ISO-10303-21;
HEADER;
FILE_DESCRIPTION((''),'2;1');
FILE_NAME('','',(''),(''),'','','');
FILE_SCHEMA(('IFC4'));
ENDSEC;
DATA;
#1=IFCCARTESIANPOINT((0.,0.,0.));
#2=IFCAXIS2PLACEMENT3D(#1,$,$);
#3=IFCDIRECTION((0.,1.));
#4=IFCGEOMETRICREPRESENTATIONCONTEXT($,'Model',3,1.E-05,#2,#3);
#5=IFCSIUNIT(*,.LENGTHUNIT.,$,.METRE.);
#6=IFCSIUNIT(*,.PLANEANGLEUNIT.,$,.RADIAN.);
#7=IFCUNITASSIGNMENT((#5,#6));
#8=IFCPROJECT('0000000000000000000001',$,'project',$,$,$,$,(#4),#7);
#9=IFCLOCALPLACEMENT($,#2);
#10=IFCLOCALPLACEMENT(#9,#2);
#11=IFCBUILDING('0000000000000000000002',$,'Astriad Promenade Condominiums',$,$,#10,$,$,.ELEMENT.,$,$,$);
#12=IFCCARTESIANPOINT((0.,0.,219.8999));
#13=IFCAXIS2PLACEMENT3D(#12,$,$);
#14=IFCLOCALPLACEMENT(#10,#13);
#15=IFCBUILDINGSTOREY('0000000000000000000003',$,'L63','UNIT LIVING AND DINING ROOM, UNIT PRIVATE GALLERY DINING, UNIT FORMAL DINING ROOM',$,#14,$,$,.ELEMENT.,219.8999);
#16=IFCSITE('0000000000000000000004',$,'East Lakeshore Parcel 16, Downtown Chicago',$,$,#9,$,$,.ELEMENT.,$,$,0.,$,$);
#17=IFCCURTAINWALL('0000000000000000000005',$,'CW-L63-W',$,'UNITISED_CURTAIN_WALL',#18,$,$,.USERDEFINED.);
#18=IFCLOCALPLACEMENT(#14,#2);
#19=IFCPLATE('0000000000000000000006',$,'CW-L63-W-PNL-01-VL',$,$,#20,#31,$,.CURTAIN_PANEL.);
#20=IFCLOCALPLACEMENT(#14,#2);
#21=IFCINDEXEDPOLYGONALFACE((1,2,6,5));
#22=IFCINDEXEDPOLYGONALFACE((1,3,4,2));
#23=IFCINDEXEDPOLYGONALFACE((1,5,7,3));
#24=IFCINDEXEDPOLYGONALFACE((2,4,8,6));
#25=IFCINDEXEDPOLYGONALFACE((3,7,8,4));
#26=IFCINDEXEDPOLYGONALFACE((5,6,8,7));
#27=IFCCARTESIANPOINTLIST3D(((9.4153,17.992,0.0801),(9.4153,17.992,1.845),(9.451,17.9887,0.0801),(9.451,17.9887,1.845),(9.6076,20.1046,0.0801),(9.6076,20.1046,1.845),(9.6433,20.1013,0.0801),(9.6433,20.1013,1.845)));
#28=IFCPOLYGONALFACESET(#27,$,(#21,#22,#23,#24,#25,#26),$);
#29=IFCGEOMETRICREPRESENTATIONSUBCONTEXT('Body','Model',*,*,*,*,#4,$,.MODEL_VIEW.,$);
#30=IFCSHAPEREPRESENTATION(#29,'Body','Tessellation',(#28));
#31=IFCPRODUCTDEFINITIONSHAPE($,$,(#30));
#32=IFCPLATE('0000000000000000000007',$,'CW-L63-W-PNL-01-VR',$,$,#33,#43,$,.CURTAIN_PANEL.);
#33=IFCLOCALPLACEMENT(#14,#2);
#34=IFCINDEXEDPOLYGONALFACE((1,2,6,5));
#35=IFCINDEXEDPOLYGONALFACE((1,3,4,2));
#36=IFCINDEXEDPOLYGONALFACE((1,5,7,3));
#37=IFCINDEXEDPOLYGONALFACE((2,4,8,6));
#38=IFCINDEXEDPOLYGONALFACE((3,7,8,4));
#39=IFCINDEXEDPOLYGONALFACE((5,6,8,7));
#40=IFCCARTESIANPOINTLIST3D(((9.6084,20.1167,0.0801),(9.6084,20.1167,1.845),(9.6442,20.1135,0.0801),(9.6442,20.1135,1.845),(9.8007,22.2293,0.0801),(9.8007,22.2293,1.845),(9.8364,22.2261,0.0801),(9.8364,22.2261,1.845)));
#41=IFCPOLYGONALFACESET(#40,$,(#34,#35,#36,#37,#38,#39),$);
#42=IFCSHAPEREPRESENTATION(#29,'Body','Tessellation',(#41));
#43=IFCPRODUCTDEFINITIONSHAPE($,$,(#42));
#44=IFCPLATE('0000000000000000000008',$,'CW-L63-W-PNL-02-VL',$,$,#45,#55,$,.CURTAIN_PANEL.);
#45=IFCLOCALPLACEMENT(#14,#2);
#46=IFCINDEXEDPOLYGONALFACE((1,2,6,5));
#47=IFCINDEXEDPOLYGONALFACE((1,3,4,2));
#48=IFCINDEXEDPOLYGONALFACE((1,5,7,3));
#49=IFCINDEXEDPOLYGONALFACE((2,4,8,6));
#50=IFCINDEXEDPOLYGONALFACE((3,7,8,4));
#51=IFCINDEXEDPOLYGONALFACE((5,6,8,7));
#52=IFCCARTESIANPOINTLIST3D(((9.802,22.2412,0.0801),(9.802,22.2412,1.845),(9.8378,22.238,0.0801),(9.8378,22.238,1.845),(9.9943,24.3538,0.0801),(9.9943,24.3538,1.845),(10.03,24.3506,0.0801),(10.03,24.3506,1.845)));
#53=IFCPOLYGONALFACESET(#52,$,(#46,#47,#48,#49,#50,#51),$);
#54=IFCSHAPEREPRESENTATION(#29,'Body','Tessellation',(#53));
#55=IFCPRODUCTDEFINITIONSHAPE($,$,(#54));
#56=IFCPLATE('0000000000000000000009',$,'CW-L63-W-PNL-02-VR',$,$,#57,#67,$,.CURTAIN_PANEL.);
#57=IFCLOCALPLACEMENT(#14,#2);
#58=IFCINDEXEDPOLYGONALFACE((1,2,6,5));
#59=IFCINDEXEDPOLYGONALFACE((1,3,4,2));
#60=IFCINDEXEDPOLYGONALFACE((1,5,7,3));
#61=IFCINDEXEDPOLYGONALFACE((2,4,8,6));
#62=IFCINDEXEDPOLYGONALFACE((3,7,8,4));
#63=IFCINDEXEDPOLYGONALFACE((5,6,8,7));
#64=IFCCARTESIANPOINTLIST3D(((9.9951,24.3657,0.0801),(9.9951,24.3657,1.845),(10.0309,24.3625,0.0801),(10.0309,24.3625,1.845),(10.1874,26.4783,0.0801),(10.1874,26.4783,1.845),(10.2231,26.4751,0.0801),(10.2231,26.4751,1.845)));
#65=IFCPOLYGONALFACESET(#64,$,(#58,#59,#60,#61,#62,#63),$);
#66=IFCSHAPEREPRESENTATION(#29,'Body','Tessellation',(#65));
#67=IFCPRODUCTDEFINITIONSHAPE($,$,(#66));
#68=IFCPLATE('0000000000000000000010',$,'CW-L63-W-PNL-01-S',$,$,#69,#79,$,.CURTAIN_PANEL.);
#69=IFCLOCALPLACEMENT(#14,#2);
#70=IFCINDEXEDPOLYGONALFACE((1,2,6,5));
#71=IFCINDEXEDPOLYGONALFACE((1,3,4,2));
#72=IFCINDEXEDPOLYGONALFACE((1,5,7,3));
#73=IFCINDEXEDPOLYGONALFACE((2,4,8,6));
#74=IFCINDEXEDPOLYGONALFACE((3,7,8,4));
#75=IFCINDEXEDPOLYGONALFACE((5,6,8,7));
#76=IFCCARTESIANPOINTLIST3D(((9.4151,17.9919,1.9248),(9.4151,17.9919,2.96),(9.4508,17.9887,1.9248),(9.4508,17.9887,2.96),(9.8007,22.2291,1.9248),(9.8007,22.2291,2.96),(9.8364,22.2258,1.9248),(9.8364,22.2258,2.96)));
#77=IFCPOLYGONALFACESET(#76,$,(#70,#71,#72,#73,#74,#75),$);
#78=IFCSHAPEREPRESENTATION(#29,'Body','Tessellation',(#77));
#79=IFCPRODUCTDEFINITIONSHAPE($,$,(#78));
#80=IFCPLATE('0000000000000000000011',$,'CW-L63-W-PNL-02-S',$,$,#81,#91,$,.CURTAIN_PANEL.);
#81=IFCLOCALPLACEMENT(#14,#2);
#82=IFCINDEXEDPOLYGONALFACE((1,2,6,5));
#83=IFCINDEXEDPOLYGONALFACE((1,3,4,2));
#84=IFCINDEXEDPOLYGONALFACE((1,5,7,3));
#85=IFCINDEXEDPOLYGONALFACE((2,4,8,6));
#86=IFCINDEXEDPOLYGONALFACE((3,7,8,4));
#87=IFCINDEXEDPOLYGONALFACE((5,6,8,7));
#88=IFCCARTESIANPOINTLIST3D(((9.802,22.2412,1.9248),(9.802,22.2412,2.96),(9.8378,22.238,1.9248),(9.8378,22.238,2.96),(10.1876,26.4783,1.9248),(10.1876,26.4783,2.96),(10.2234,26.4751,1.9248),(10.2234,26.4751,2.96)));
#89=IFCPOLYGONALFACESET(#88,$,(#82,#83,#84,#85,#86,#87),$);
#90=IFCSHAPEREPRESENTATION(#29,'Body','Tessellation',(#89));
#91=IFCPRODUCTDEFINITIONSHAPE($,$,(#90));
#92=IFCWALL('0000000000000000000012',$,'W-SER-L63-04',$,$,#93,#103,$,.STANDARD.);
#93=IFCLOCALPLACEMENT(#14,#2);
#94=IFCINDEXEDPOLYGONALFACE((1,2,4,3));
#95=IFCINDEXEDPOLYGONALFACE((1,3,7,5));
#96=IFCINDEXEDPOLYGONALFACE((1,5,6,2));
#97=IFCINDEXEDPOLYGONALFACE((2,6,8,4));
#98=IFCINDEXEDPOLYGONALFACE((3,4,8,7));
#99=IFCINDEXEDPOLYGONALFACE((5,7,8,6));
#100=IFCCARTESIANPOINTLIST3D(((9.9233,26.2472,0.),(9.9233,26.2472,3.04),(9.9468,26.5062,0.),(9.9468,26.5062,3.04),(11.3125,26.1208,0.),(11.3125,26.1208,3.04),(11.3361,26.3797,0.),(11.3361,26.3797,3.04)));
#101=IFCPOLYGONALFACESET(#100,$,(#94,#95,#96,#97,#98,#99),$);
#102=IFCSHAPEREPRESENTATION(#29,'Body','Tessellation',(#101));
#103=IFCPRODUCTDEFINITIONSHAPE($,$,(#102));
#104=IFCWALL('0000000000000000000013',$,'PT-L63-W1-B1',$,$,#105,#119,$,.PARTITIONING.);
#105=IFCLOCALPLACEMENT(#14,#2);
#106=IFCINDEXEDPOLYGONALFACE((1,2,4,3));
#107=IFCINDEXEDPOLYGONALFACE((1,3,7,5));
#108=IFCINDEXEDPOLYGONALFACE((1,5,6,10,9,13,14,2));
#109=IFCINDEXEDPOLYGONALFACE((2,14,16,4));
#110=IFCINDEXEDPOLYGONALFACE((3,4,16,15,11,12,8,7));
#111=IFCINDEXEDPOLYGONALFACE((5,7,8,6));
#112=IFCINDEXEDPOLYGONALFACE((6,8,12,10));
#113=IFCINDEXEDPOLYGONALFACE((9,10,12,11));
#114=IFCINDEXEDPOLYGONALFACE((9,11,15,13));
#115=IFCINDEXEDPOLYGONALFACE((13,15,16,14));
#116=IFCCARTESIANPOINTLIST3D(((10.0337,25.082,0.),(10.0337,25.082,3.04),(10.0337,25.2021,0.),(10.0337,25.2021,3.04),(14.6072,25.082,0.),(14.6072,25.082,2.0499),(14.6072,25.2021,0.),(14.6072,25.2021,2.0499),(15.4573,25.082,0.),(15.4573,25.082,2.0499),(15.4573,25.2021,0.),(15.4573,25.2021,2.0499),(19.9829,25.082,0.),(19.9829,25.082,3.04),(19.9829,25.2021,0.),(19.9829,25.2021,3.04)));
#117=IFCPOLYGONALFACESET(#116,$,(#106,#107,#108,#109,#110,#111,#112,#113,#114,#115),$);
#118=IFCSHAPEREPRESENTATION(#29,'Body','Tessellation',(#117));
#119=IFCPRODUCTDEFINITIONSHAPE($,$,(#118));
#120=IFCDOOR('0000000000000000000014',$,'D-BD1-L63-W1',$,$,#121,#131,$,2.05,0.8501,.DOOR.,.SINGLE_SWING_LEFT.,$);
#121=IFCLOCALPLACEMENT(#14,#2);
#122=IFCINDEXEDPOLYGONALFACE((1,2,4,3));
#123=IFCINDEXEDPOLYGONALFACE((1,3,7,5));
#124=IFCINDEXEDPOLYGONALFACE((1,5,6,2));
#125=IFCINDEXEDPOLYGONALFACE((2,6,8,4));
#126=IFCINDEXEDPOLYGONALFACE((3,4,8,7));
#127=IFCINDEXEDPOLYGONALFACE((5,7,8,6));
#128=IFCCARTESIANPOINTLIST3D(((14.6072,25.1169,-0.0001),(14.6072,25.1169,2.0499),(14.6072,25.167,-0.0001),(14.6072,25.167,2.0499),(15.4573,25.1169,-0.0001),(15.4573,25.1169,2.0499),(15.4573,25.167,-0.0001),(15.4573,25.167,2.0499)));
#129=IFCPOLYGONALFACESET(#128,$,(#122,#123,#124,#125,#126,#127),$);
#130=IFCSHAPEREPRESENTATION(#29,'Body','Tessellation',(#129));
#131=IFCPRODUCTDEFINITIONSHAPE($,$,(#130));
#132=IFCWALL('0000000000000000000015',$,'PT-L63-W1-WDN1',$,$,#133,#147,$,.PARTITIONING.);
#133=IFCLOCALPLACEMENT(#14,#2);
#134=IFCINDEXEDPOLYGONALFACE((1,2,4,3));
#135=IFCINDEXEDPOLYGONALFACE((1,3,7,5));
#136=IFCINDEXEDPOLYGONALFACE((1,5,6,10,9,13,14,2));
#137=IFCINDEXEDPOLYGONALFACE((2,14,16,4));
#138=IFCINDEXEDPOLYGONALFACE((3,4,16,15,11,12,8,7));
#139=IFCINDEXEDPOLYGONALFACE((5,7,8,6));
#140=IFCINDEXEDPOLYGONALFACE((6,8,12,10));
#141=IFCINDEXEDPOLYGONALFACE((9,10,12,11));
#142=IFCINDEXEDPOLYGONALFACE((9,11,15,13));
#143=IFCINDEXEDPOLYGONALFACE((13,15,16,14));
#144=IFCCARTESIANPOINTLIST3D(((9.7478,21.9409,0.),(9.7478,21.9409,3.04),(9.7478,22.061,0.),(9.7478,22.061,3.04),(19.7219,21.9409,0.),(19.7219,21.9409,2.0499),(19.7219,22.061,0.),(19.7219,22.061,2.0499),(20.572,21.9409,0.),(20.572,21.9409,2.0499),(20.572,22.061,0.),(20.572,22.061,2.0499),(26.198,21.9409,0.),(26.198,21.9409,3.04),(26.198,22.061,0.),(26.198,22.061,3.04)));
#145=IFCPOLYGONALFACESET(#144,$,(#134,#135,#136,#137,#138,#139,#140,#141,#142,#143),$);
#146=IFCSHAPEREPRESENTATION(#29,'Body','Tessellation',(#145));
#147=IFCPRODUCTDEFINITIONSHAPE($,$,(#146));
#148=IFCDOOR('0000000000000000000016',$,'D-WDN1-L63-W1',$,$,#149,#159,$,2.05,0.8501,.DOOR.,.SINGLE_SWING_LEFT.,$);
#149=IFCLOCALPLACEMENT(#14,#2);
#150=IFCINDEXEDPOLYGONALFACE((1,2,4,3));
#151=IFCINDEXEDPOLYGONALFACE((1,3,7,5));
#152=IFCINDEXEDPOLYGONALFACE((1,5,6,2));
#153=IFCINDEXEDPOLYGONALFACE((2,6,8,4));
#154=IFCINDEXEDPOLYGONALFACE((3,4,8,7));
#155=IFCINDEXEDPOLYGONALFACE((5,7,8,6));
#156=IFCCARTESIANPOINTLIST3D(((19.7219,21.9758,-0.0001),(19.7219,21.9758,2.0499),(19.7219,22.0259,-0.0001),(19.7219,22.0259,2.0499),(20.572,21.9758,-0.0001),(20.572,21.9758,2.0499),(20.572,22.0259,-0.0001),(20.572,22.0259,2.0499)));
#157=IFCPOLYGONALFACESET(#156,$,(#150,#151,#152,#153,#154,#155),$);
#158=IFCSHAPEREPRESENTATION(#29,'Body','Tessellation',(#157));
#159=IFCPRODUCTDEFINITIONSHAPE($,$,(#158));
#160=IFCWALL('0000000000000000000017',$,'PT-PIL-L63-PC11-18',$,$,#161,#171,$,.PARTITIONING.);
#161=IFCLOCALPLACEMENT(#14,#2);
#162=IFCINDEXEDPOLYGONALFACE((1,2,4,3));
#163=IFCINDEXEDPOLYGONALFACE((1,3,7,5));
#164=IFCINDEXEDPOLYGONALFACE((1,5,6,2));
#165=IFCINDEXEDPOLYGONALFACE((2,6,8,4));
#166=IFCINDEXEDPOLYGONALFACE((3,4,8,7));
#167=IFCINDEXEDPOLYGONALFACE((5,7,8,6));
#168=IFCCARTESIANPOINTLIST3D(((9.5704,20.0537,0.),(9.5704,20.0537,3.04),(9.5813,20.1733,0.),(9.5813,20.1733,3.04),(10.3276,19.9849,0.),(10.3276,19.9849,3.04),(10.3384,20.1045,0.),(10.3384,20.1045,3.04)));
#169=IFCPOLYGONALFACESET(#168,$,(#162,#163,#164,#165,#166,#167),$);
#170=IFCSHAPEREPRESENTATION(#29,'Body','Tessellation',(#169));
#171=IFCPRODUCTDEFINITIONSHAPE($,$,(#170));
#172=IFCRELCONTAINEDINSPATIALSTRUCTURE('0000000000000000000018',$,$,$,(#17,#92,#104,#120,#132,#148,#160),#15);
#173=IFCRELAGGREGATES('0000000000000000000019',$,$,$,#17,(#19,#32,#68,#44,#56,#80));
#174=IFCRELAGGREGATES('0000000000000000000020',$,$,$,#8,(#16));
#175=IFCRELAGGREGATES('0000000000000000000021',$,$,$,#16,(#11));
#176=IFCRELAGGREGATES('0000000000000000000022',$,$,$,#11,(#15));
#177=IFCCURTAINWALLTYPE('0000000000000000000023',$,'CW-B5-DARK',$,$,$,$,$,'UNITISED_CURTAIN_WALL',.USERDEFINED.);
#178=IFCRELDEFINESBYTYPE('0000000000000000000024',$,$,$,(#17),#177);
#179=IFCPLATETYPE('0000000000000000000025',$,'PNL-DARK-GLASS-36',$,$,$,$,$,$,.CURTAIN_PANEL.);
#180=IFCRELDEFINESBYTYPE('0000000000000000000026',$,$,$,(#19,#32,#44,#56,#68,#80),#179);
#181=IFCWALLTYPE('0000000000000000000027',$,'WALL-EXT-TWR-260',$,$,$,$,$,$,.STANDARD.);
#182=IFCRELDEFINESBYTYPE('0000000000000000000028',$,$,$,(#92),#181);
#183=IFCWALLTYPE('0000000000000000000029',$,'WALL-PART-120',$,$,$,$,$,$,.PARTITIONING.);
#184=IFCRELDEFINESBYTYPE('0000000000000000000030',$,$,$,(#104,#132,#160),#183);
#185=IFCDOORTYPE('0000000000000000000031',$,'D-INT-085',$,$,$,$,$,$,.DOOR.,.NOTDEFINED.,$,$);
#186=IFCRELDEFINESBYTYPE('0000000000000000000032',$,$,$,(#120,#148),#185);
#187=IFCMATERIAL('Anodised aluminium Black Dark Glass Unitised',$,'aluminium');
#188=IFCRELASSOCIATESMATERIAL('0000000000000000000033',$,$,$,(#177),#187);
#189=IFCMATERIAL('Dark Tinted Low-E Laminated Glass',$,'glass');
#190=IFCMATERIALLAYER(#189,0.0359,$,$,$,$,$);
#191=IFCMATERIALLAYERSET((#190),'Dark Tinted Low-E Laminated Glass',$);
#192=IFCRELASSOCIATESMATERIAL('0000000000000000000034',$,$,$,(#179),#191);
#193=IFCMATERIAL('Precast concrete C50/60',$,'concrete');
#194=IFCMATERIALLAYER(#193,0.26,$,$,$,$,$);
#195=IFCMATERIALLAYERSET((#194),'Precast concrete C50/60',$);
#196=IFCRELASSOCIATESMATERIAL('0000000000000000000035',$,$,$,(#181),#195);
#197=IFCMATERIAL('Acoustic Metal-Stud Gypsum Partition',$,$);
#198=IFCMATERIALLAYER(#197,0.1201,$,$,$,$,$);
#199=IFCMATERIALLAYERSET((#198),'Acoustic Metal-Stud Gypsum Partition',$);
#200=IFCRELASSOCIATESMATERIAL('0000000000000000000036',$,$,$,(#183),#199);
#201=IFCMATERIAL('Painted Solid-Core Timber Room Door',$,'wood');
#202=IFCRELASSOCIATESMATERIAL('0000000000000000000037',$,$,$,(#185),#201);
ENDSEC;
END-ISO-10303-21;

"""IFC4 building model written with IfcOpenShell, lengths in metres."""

from ifc_helpers import new_model, si_unit, direction, frame, frame_2d, origin, origin_2d, place, context, subcontext, project, spatial, rectangle, extrude, source, transform, mapped, material, layer, layer_set, type_object, type_shapes, element, fill, aggregate, save


model = new_model("IFC4")

# Units and contexts
model_context = context("Model", 3, precision=1e-05, world=origin(), true_north=direction((0.0, 1.0)))
body_context = subcontext(model_context, "Body", "Model", "MODEL_VIEW")
ifc_project = project(units=[si_unit("LENGTHUNIT", "METRE"), si_unit("PLANEANGLEUNIT", "RADIAN")], contexts=[model_context])

# Site, building, storey
site_placement = place(None, origin())
site = spatial("IfcSite", under=ifc_project, at=site_placement, Name="East Lakeshore Parcel 16, Downtown Chicago", CompositionType="ELEMENT", RefElevation=0.0)
building_placement = place(site_placement, origin())
building = spatial("IfcBuilding", under=site, at=building_placement, Name="Astriad Promenade Condominiums", CompositionType="ELEMENT")
storey_placement = place(building_placement, frame((0.0, 0.0, 219.8999)))
storey = spatial("IfcBuildingStorey", under=building, at=storey_placement, Name="L63", Description="UNIT LIVING AND DINING ROOM, UNIT PRIVATE GALLERY DINING, UNIT FORMAL DINING ROOM", CompositionType="ELEMENT", Elevation=219.8999)

# Curtain wall, plates
ifc_material_1 = material(Name="Anodised aluminium Black Dark Glass Unitised", Category="aluminium")
curtain_wall_type = type_object("IfcCurtainWallType", Name="CW-B5-DARK", ElementType="UNITISED_CURTAIN_WALL", PredefinedType="USERDEFINED", material=ifc_material_1)
curtain_wall_placement = place(storey_placement, origin())
curtain_wall = element("IfcCurtainWall", 1, at=curtain_wall_placement, inside=storey, type_object=curtain_wall_type, Name="CW-L63-W", ObjectType="UNITISED_CURTAIN_WALL", PredefinedType="USERDEFINED")
ifc_material_2 = material(Name="Dark Tinted Low-E Laminated Glass", Category="glass")
ifc_layer_1 = layer(ifc_material_2, 0.0359)
ifc_layer_set_1 = layer_set([ifc_layer_1], Name="Dark Tinted Low-E Laminated Glass")
plate_type = type_object("IfcPlateType", Name="PNL-DARK-GLASS-36", PredefinedType="CURTAIN_PANEL", material=ifc_layer_set_1)
shared_shape_1 = source(origin(), body_context, "Body", "SweptSolid", [
    extrude(rectangle(XDim=2.1213, YDim=0.0359, at=origin_2d()), origin(), (0.0, 0.0, 1.0), 1.7649),
])
plate_1_placement = place(storey_placement, frame((9.5293, 19.0466, 0.0801), z_axis=(0.0, 0.0, 1.0), x_axis=(0.090633, 0.995884, 0.0)))
plate_1 = element("IfcPlate", 2, at=plate_1_placement, type_object=plate_type, Name="CW-L63-W-PNL-01-VL", PredefinedType="CURTAIN_PANEL", context=body_context, shape_type="MappedRepresentation", body=[
    mapped(shared_shape_1, transform((0.0, 0.0, 0.0), scale=1.0)),
])
plate_2_placement = place(storey_placement, frame((9.7224, 21.1714, 0.0801), z_axis=(0.0, 0.0, 1.0), x_axis=(0.090633, 0.995884, 0.0)))
plate_2 = element("IfcPlate", 3, at=plate_2_placement, type_object=plate_type, Name="CW-L63-W-PNL-01-VR", PredefinedType="CURTAIN_PANEL", context=body_context, shape_type="MappedRepresentation", body=[
    mapped(shared_shape_1, transform((0.0, 0.0, 0.0), scale=1.0)),
])
plate_3_placement = place(storey_placement, frame((9.916, 23.2959, 0.0801), z_axis=(0.0, 0.0, 1.0), x_axis=(0.090633, 0.995884, 0.0)))
plate_3 = element("IfcPlate", 4, at=plate_3_placement, type_object=plate_type, Name="CW-L63-W-PNL-02-VL", PredefinedType="CURTAIN_PANEL", context=body_context, shape_type="MappedRepresentation", body=[
    mapped(shared_shape_1, transform((0.0, 0.0, 0.0), scale=1.0)),
])
plate_4_placement = place(storey_placement, frame((10.1091, 25.4204, 0.0801), z_axis=(0.0, 0.0, 1.0), x_axis=(0.090633, 0.995884, 0.0)))
plate_4 = element("IfcPlate", 5, at=plate_4_placement, type_object=plate_type, Name="CW-L63-W-PNL-02-VR", PredefinedType="CURTAIN_PANEL", context=body_context, shape_type="MappedRepresentation", body=[
    mapped(shared_shape_1, transform((0.0, 0.0, 0.0), scale=1.0)),
])
shared_shape_2 = source(origin(), body_context, "Body", "SweptSolid", [
    extrude(rectangle(XDim=4.2546, YDim=0.0359, at=origin_2d()), origin(), (0.0, 0.0, 1.0), 1.0352),
])
type_shapes(plate_type, [shared_shape_1, shared_shape_2])
plate_5_placement = place(storey_placement, frame((9.6257, 20.1089, 1.9248), z_axis=(0.0, 0.0, 1.0), x_axis=(0.090633, 0.995884, 0.0)))
plate_5 = element("IfcPlate", 6, at=plate_5_placement, type_object=plate_type, Name="CW-L63-W-PNL-01-S", PredefinedType="CURTAIN_PANEL", context=body_context, shape_type="MappedRepresentation", body=[
    mapped(shared_shape_2, transform((0.0, 0.0, 0.0), scale=1.0)),
])
plate_6_placement = place(storey_placement, frame((10.0127, 24.3582, 1.9248), z_axis=(0.0, 0.0, 1.0), x_axis=(0.090633, 0.995884, 0.0)))
plate_6 = element("IfcPlate", 7, at=plate_6_placement, type_object=plate_type, Name="CW-L63-W-PNL-02-S", PredefinedType="CURTAIN_PANEL", context=body_context, shape_type="MappedRepresentation", body=[
    mapped(shared_shape_2, transform((0.0, 0.0, 0.0), scale=1.0)),
])
aggregate(curtain_wall, [plate_1, plate_2, plate_5, plate_3, plate_4, plate_6])

# Wall
ifc_material_3 = material(Name="Precast concrete C50/60", Category="concrete")
ifc_layer_2 = layer(ifc_material_3, 0.26)
ifc_layer_set_2 = layer_set([ifc_layer_2], Name="Precast concrete C50/60")
wall_type_1 = type_object("IfcWallType", Name="WALL-EXT-TWR-260", PredefinedType="STANDARD", material=ifc_layer_set_2)
wall_1_placement = place(storey_placement, frame((9.9351, 26.3767, 0.0), z_axis=(0.0, 0.0, 1.0), x_axis=(0.995882, -0.090662, 0.0)))
element("IfcWall", 8, at=wall_1_placement, inside=storey, type_object=wall_type_1, Name="W-SER-L63-04", PredefinedType="STANDARD", context=body_context, shape_type="SweptSolid", body=[
    extrude(rectangle(XDim=1.395, YDim=0.26, at=frame_2d((0.6975, 0.0))), origin(), (0.0, 0.0, 1.0), 3.04),
])

# Walls, openings, doors
ifc_material_4 = material(Name="Acoustic Metal-Stud Gypsum Partition")
ifc_layer_3 = layer(ifc_material_4, 0.1201)
ifc_layer_set_3 = layer_set([ifc_layer_3], Name="Acoustic Metal-Stud Gypsum Partition")
wall_type_2 = type_object("IfcWallType", Name="WALL-PART-120", PredefinedType="PARTITIONING", material=ifc_layer_set_3)
wall_2_placement = place(storey_placement, frame((10.0337, 25.1421, 0.0), z_axis=(0.0, 0.0, 1.0), x_axis=(1.0, 0.0, 0.0)))
wall_2 = element("IfcWall", 9, at=wall_2_placement, inside=storey, type_object=wall_type_2, Name="PT-L63-W1-B1", PredefinedType="PARTITIONING", context=body_context, shape_type="SweptSolid", body=[
    extrude(rectangle(XDim=9.9492, YDim=0.1201, at=frame_2d((4.9746, 0.0))), origin(), (0.0, 0.0, 1.0), 3.04),
])
opening_1_placement = place(wall_2_placement, frame((4.5735, 0.0, 0.0)))
opening_1 = element("IfcOpeningElement", 10, at=opening_1_placement, cuts=wall_2, PredefinedType="OPENING", context=body_context, shape_type="SweptSolid", body=[
    extrude(rectangle(XDim=0.8501, YDim=2.05, at=frame_2d((0.425, 1.0249))), frame((0.0, 0.0701, 0.0), z_axis=(0.0, -1.0, 0.0), x_axis=(1.0, 0.0, 0.0)), (0.0, 0.0, 1.0), 0.1401),
])
ifc_material_5 = material(Name="Painted Solid-Core Timber Room Door", Category="wood")
door_type = type_object("IfcDoorType", Name="D-INT-085", OperationType="NOTDEFINED", PredefinedType="DOOR", material=ifc_material_5)
shared_shape_3 = source(origin(), body_context, "Body", "SweptSolid", [
    extrude(rectangle(XDim=0.8501, YDim=2.05, at=frame_2d((0.425, 1.0249))), frame((0.0, 0.0249, 0.0), z_axis=(0.0, -1.0, 0.0), x_axis=(1.0, 0.0, 0.0)), (0.0, 0.0, 1.0), 0.05),
])
type_shapes(door_type, [shared_shape_3])
door_1_placement = place(opening_1_placement, origin())
door_1 = element("IfcDoor", 11, at=door_1_placement, inside=storey, type_object=door_type, Name="D-BD1-L63-W1", OperationType="SINGLE_SWING_LEFT", OverallHeight=2.05, OverallWidth=0.8501, PredefinedType="DOOR", context=body_context, shape_type="MappedRepresentation", body=[
    mapped(shared_shape_3, transform((0.0, 0.0, 0.0), scale=1.0)),
])
fill(opening_1, door_1)
wall_3_placement = place(storey_placement, frame((9.7478, 22.001, 0.0), z_axis=(0.0, 0.0, 1.0), x_axis=(1.0, 0.0, 0.0)))
wall_3 = element("IfcWall", 12, at=wall_3_placement, inside=storey, type_object=wall_type_2, Name="PT-L63-W1-WDN1", PredefinedType="PARTITIONING", context=body_context, shape_type="SweptSolid", body=[
    extrude(rectangle(XDim=16.4502, YDim=0.1201, at=frame_2d((8.2251, 0.0))), origin(), (0.0, 0.0, 1.0), 3.04),
])
opening_2_placement = place(wall_3_placement, frame((9.9741, 0.0, 0.0)))
opening_2 = element("IfcOpeningElement", 13, at=opening_2_placement, cuts=wall_3, PredefinedType="OPENING", context=body_context, shape_type="SweptSolid", body=[
    extrude(rectangle(XDim=0.8501, YDim=2.05, at=frame_2d((0.425, 1.0249))), frame((0.0, 0.0701, 0.0), z_axis=(0.0, -1.0, 0.0), x_axis=(1.0, 0.0, 0.0)), (0.0, 0.0, 1.0), 0.1401),
])
door_2_placement = place(opening_2_placement, origin())
door_2 = element("IfcDoor", 14, at=door_2_placement, inside=storey, type_object=door_type, Name="D-WDN1-L63-W1", OperationType="SINGLE_SWING_LEFT", OverallHeight=2.05, OverallWidth=0.8501, PredefinedType="DOOR", context=body_context, shape_type="MappedRepresentation", body=[
    mapped(shared_shape_3, transform((0.0, 0.0, 0.0), scale=1.0)),
])
fill(opening_2, door_2)

# Wall
wall_4_placement = place(storey_placement, frame((10.333, 20.0447, 0.0), z_axis=(0.0, 0.0, 1.0), x_axis=(-0.995891, 0.090565, 0.0)))
element("IfcWall", 15, at=wall_4_placement, inside=storey, type_object=wall_type_2, Name="PT-PIL-L63-PC11-18", PredefinedType="PARTITIONING", context=body_context, shape_type="SweptSolid", body=[
    extrude(rectangle(XDim=0.7603, YDim=0.1201, at=frame_2d((0.3801, 0.0))), origin(), (0.0, 0.0, 1.0), 3.04),
])

save(model, "model.ifc")
